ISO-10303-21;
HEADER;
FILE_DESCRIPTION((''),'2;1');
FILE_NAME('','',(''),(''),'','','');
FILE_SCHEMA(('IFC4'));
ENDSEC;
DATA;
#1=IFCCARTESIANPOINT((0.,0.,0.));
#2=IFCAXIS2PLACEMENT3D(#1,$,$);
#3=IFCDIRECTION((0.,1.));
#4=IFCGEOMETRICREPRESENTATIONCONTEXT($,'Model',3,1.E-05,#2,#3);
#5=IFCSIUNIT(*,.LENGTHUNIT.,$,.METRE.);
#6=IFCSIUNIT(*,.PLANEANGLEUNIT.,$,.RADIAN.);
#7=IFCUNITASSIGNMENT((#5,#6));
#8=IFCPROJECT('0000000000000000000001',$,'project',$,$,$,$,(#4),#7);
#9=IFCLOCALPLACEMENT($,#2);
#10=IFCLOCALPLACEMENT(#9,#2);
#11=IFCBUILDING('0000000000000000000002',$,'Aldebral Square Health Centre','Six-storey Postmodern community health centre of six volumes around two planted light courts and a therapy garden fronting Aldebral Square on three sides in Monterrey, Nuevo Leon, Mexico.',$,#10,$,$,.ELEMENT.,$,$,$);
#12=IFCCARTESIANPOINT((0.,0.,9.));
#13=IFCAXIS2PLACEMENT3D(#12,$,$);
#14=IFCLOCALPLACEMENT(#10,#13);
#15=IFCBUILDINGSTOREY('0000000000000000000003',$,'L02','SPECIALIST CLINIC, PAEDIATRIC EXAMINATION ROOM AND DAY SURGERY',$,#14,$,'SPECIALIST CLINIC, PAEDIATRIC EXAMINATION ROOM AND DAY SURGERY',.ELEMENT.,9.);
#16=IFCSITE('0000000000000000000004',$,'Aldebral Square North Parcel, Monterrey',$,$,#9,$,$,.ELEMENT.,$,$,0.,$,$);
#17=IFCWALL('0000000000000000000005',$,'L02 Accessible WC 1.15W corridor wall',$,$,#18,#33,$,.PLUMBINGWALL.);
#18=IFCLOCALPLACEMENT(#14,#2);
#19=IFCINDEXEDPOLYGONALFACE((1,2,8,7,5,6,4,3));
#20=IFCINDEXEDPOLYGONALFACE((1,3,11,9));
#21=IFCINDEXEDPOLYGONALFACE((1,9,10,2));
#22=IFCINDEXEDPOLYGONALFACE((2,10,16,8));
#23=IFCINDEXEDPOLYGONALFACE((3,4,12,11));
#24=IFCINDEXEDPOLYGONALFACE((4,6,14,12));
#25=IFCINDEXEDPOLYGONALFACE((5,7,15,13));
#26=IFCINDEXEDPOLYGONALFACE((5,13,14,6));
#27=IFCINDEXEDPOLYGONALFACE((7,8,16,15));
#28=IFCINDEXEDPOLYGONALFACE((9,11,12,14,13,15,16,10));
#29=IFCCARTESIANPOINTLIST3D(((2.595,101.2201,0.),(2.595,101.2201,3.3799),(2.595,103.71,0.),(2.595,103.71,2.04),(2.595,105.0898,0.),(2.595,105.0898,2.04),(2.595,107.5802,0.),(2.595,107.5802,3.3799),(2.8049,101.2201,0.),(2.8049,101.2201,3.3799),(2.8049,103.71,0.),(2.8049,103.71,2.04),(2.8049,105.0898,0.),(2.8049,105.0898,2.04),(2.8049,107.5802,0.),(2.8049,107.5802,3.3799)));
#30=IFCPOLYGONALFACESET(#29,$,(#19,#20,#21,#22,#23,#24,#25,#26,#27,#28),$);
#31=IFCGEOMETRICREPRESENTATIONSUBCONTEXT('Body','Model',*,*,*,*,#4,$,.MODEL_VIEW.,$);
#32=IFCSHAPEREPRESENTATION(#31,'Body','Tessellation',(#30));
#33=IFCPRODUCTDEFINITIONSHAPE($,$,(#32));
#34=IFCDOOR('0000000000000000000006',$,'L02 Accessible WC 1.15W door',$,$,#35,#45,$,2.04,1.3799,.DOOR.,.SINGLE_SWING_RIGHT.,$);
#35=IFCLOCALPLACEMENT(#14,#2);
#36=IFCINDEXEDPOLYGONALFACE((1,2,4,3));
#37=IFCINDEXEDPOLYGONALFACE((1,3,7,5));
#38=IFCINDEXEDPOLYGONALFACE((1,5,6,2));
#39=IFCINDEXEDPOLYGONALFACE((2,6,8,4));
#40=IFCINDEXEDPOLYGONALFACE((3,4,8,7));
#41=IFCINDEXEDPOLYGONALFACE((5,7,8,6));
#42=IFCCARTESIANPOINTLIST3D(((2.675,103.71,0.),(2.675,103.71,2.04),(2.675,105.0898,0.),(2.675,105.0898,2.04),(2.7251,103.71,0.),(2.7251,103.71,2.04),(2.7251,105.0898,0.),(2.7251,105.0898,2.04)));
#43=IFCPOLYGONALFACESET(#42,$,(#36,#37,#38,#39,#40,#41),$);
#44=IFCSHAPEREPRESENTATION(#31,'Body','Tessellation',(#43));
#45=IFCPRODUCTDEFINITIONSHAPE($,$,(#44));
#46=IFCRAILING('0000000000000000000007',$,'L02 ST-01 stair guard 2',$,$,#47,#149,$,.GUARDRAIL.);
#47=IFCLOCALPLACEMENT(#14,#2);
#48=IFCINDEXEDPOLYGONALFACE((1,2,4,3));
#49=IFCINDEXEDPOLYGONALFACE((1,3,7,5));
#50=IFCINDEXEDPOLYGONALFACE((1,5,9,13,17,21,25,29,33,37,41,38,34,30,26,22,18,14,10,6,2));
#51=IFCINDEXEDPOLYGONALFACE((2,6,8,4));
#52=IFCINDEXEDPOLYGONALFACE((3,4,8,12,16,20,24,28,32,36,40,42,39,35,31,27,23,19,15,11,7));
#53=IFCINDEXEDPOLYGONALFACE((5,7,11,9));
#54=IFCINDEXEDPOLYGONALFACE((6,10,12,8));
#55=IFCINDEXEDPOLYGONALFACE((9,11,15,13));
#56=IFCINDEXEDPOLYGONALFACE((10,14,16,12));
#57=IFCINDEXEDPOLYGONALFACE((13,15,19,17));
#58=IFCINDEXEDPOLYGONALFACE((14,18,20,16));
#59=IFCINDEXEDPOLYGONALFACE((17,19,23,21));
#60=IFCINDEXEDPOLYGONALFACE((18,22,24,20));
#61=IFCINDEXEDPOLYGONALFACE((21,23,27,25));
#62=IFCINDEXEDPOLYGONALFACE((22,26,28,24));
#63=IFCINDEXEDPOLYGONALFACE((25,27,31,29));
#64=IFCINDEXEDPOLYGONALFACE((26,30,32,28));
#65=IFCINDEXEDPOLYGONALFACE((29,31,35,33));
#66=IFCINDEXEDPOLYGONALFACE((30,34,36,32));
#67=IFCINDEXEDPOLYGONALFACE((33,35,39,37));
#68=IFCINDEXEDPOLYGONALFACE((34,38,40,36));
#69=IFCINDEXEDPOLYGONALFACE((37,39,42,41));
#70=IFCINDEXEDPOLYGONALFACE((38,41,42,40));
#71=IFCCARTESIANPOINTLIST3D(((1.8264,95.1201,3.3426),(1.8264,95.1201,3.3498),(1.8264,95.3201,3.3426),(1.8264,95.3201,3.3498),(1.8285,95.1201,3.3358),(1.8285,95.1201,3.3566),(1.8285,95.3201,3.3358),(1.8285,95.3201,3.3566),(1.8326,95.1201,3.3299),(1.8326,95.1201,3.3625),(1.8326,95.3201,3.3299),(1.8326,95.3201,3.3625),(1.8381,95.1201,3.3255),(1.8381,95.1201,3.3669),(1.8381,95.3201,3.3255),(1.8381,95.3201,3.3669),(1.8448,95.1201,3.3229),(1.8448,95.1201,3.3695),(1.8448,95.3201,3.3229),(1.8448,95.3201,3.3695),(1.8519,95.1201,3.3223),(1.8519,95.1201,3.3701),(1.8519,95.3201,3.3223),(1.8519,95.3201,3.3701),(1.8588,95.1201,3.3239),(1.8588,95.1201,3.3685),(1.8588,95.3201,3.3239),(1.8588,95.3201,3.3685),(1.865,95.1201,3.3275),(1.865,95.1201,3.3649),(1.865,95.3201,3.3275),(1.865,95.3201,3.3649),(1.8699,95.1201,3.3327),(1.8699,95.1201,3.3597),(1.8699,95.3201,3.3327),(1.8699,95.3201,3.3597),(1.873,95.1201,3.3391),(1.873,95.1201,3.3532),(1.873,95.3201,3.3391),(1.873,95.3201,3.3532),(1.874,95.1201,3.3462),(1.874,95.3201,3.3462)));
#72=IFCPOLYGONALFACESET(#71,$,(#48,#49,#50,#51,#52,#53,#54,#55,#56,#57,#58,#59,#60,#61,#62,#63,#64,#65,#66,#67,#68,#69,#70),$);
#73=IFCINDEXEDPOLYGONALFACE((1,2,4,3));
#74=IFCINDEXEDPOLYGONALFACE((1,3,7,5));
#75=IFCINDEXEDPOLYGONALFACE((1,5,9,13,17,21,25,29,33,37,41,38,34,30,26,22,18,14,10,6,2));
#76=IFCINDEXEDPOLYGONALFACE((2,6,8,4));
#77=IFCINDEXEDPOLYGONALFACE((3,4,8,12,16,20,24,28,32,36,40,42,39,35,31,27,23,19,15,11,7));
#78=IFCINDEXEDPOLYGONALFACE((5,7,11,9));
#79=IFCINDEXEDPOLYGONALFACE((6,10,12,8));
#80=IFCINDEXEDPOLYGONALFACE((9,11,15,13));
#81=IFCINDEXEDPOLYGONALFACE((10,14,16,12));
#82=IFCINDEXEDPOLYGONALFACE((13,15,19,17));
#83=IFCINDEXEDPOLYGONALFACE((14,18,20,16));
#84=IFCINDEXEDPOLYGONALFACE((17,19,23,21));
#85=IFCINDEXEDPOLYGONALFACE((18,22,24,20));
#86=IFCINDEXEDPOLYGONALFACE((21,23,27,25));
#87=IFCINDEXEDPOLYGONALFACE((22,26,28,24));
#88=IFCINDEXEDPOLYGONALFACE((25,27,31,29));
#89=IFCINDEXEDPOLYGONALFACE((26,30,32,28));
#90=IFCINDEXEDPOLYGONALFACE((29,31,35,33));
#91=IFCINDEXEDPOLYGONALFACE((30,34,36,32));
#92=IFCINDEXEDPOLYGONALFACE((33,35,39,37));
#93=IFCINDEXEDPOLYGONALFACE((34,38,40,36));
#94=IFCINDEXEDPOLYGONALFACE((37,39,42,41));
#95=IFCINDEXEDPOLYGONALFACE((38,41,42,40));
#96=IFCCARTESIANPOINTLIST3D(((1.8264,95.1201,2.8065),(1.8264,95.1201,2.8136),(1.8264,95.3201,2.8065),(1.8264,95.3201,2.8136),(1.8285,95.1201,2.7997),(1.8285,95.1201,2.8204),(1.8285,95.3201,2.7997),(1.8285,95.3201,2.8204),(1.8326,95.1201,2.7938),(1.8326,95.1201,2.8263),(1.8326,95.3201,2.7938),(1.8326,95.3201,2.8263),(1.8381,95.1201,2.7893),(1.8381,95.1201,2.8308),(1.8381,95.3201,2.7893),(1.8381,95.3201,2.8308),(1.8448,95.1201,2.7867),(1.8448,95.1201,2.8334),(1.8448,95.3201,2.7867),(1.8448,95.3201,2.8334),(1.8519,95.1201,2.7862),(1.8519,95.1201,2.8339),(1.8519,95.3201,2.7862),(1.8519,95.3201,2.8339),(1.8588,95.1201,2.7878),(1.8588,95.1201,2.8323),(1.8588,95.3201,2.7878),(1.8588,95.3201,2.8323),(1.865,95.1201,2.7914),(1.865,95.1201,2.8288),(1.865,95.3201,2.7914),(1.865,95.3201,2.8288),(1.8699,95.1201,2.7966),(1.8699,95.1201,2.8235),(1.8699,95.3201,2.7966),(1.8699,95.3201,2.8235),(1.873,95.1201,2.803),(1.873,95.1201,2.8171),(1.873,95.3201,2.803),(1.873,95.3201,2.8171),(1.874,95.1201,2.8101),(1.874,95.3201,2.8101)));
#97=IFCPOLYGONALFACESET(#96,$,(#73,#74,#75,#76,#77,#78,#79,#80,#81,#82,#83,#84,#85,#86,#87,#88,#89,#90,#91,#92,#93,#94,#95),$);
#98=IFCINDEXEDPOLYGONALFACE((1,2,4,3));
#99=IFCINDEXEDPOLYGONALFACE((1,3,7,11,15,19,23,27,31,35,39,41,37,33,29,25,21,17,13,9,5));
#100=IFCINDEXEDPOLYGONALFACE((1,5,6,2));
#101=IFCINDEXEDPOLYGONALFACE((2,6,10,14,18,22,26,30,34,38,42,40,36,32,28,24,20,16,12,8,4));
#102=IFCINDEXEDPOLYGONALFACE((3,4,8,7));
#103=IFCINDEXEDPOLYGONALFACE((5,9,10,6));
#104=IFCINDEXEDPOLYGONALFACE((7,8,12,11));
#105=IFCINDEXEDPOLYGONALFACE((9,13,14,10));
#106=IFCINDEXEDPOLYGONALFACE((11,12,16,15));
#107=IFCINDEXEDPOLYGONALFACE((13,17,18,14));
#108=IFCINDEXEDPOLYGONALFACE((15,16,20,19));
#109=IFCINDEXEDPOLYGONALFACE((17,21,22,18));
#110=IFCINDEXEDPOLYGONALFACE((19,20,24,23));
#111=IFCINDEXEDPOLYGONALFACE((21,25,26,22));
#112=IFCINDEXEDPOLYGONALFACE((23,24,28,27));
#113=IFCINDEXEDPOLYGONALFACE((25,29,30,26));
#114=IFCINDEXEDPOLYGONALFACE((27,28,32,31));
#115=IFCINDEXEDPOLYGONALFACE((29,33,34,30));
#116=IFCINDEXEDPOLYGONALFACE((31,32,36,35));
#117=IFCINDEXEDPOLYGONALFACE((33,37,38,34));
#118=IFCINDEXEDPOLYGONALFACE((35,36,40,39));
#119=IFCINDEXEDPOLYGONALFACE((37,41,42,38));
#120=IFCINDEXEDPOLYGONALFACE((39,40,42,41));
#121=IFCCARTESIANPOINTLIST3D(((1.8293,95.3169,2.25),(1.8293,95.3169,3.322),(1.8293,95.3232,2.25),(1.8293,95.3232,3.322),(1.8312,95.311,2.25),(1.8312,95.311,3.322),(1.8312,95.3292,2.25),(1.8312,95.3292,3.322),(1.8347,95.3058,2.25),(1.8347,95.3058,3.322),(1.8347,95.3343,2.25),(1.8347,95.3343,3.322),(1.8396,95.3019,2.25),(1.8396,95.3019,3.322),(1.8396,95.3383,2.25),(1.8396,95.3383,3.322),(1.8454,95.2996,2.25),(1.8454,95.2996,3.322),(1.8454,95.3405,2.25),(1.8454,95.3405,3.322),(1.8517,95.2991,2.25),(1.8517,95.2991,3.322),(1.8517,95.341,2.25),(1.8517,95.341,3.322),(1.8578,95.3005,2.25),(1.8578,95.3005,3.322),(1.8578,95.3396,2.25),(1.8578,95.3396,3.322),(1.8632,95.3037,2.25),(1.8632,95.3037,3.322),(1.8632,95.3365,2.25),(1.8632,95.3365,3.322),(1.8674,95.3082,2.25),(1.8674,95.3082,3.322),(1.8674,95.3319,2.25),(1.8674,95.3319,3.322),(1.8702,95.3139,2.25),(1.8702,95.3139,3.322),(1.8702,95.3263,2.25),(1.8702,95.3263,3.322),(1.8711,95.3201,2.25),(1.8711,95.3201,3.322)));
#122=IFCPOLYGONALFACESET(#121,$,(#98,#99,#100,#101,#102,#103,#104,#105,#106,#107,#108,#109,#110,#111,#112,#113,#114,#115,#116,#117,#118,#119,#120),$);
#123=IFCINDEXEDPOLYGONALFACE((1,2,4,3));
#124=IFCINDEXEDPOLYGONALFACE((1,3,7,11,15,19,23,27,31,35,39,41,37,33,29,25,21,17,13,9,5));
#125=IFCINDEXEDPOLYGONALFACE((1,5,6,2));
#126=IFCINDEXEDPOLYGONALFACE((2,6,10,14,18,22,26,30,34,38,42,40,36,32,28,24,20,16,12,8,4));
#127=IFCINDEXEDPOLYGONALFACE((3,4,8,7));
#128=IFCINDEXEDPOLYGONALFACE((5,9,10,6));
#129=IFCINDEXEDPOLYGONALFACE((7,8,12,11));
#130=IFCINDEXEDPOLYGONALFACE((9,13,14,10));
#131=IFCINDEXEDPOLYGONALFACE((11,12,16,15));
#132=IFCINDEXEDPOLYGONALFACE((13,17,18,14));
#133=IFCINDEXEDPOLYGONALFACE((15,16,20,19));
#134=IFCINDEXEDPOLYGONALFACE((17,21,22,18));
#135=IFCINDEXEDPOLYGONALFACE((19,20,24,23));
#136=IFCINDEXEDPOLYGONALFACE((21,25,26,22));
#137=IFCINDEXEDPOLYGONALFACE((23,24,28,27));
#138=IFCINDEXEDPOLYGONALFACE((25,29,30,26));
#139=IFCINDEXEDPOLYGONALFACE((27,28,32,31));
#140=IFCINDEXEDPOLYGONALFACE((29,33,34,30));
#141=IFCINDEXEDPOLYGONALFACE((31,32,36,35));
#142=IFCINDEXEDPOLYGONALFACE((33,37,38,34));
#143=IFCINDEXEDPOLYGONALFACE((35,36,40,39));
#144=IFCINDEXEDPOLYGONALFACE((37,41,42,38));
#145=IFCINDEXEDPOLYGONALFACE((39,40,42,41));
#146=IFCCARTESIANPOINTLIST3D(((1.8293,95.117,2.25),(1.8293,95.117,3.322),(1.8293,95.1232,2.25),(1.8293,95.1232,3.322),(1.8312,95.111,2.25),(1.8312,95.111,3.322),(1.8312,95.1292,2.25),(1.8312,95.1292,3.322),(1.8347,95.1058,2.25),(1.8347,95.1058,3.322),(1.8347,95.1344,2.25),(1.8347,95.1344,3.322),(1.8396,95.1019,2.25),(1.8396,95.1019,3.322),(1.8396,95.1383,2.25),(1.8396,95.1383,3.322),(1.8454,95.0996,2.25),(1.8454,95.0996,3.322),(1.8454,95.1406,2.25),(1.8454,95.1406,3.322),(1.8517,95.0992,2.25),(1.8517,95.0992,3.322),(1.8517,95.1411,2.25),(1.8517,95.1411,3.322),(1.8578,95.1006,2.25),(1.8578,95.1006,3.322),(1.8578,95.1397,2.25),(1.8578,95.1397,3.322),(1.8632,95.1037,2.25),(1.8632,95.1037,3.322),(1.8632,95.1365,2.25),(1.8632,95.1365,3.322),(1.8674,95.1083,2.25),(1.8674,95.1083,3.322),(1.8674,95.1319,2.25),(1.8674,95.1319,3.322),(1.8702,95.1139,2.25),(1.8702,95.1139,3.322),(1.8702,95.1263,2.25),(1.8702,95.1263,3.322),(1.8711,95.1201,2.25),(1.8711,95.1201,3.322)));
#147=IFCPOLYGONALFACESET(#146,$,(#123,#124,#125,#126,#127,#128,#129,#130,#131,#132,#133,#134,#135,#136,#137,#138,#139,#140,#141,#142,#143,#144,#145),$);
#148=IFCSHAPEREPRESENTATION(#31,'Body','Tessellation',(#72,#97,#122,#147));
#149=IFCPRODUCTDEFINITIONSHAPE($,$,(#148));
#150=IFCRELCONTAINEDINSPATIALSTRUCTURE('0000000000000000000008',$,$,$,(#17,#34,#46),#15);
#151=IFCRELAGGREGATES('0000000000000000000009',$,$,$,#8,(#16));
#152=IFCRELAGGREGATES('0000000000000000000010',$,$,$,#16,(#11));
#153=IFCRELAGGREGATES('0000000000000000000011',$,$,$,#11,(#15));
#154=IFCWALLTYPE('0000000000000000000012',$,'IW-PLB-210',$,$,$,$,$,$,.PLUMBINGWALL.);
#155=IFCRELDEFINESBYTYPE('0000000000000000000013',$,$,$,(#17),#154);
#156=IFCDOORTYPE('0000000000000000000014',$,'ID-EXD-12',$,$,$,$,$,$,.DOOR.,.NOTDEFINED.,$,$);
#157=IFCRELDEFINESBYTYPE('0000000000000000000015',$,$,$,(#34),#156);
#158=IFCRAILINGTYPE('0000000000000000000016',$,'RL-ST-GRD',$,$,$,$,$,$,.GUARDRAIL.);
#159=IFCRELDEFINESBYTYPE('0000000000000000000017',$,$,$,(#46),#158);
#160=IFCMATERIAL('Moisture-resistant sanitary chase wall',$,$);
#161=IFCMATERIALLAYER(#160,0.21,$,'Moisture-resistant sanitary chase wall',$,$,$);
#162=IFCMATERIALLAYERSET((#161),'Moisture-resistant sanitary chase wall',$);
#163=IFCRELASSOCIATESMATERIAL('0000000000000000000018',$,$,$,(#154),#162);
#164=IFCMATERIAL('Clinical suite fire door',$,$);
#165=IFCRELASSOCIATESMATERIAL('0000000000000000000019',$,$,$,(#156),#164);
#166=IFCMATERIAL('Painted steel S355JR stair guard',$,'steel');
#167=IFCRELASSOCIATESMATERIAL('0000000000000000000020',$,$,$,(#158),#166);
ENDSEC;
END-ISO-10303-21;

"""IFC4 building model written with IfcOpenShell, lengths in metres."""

from ifc_helpers import new_model, si_unit, direction, frame, frame_2d, origin, origin_2d, place, context, subcontext, project, spatial, rectangle, circle, extrude, material, layer, layer_set, type_object, element, fill, save


model = new_model("IFC4")

# Units and contexts
model_context = context("Model", 3, precision=1e-05, world=origin(), true_north=direction((0.0, 1.0)))
body_context = subcontext(model_context, "Body", "Model", "MODEL_VIEW")
ifc_project = project(units=[si_unit("LENGTHUNIT", "METRE"), si_unit("PLANEANGLEUNIT", "RADIAN")], contexts=[model_context])

# Site, building, storey
site_placement = place(None, origin())
site = spatial("IfcSite", under=ifc_project, at=site_placement, Name="Aldebral Square North Parcel, Monterrey", CompositionType="ELEMENT", RefElevation=0.0)
building_placement = place(site_placement, origin())
building = spatial("IfcBuilding", under=site, at=building_placement, Name="Aldebral Square Health Centre", Description="Six-storey Postmodern community health centre of six volumes around two planted light courts and a therapy garden fronting Aldebral Square on three sides in Monterrey, Nuevo Leon, Mexico.", CompositionType="ELEMENT")
storey_placement = place(building_placement, frame((0.0, 0.0, 9.0)))
storey = spatial("IfcBuildingStorey", under=building, at=storey_placement, Name="L02", Description="SPECIALIST CLINIC, PAEDIATRIC EXAMINATION ROOM AND DAY SURGERY", LongName="SPECIALIST CLINIC, PAEDIATRIC EXAMINATION ROOM AND DAY SURGERY", CompositionType="ELEMENT", Elevation=9.0)

# Wall, opening, door
ifc_material_1 = material(Name="Moisture-resistant sanitary chase wall")
ifc_layer_1 = layer(ifc_material_1, 0.21, Name="Moisture-resistant sanitary chase wall")
ifc_layer_set_1 = layer_set([ifc_layer_1], Name="Moisture-resistant sanitary chase wall")
wall_type_1 = type_object("IfcWallType", Name="IW-PLB-210", PredefinedType="PLUMBINGWALL", material=ifc_layer_set_1)
wall_1_placement = place(storey_placement, frame((2.7, 101.22, 0.0), z_axis=(0.0, 0.0, 1.0), x_axis=(0.0, 1.0, 0.0)))
wall_1 = element("IfcWall", 1, at=wall_1_placement, inside=storey, type_object=wall_type_1, Name="L02 Accessible WC 1.15W corridor wall", PredefinedType="PLUMBINGWALL", context=body_context, shape_type="SweptSolid", body=[
    extrude(rectangle(XDim=6.3601, YDim=0.21, at=frame_2d((3.1802, 0.0))), origin(), (0.0, 0.0, 1.0), 3.3799),
])
opening_1_placement = place(wall_1_placement, frame((2.49, 0.0, 0.0)))
opening_1 = element("IfcOpeningElement", 2, at=opening_1_placement, cuts=wall_1, PredefinedType="OPENING", context=body_context, shape_type="SweptSolid", body=[
    extrude(rectangle(XDim=1.3799, YDim=2.04, at=frame_2d((0.6899, 1.02))), frame((0.0, 0.115, 0.0), z_axis=(0.0, -1.0, 0.0), x_axis=(1.0, 0.0, 0.0)), (0.0, 0.0, 1.0), 0.23),
])
ifc_material_2 = material(Name="Clinical suite fire door")
door_type_1 = type_object("IfcDoorType", Name="ID-EXD-12", OperationType="NOTDEFINED", PredefinedType="DOOR", material=ifc_material_2)
door_1_placement = place(opening_1_placement, origin())
door_1 = element("IfcDoor", 3, at=door_1_placement, inside=storey, type_object=door_type_1, Name="L02 Accessible WC 1.15W door", OperationType="SINGLE_SWING_RIGHT", OverallHeight=2.04, OverallWidth=1.3799, PredefinedType="DOOR", context=body_context, shape_type="SweptSolid", body=[
    extrude(rectangle(XDim=1.3799, YDim=2.04, at=frame_2d((0.6899, 1.02))), frame((0.0, 0.0249, 0.0), z_axis=(0.0, -1.0, 0.0), x_axis=(1.0, 0.0, 0.0)), (0.0, 0.0, 1.0), 0.05),
])
fill(opening_1, door_1)

# Railing
ifc_material_3 = material(Name="Painted steel S355JR stair guard", Category="steel")
railing_type = type_object("IfcRailingType", Name="RL-ST-GRD", PredefinedType="GUARDRAIL", material=ifc_material_3)
railing_1_placement = place(storey_placement, frame((1.8501, 95.3201, 2.25)))
element("IfcRailing", 4, at=railing_1_placement, inside=storey, type_object=railing_type, Name="L02 ST-01 stair guard 2", PredefinedType="GUARDRAIL", context=body_context, shape_type="SweptSolid", body=[
    extrude(circle(Radius=0.0239, at=origin_2d()), frame((0.0, 0.0, 1.0962), z_axis=(0.0, -1.0, 0.0), x_axis=(1.0, 0.0, 0.0)), (0.0, 0.0, 1.0), 0.2),
    extrude(circle(Radius=0.0239, at=origin_2d()), frame((0.0, 0.0, 0.5601), z_axis=(0.0, -1.0, 0.0), x_axis=(1.0, 0.0, 0.0)), (0.0, 0.0, 1.0), 0.2),
    extrude(circle(Radius=0.021, at=origin_2d()), origin(), (0.0, 0.0, 1.0), 1.072),
    extrude(circle(Radius=0.021, at=origin_2d()), frame((0.0, -0.2, 0.0)), (0.0, 0.0, 1.0), 1.072),
])

save(model, "model.ifc")
